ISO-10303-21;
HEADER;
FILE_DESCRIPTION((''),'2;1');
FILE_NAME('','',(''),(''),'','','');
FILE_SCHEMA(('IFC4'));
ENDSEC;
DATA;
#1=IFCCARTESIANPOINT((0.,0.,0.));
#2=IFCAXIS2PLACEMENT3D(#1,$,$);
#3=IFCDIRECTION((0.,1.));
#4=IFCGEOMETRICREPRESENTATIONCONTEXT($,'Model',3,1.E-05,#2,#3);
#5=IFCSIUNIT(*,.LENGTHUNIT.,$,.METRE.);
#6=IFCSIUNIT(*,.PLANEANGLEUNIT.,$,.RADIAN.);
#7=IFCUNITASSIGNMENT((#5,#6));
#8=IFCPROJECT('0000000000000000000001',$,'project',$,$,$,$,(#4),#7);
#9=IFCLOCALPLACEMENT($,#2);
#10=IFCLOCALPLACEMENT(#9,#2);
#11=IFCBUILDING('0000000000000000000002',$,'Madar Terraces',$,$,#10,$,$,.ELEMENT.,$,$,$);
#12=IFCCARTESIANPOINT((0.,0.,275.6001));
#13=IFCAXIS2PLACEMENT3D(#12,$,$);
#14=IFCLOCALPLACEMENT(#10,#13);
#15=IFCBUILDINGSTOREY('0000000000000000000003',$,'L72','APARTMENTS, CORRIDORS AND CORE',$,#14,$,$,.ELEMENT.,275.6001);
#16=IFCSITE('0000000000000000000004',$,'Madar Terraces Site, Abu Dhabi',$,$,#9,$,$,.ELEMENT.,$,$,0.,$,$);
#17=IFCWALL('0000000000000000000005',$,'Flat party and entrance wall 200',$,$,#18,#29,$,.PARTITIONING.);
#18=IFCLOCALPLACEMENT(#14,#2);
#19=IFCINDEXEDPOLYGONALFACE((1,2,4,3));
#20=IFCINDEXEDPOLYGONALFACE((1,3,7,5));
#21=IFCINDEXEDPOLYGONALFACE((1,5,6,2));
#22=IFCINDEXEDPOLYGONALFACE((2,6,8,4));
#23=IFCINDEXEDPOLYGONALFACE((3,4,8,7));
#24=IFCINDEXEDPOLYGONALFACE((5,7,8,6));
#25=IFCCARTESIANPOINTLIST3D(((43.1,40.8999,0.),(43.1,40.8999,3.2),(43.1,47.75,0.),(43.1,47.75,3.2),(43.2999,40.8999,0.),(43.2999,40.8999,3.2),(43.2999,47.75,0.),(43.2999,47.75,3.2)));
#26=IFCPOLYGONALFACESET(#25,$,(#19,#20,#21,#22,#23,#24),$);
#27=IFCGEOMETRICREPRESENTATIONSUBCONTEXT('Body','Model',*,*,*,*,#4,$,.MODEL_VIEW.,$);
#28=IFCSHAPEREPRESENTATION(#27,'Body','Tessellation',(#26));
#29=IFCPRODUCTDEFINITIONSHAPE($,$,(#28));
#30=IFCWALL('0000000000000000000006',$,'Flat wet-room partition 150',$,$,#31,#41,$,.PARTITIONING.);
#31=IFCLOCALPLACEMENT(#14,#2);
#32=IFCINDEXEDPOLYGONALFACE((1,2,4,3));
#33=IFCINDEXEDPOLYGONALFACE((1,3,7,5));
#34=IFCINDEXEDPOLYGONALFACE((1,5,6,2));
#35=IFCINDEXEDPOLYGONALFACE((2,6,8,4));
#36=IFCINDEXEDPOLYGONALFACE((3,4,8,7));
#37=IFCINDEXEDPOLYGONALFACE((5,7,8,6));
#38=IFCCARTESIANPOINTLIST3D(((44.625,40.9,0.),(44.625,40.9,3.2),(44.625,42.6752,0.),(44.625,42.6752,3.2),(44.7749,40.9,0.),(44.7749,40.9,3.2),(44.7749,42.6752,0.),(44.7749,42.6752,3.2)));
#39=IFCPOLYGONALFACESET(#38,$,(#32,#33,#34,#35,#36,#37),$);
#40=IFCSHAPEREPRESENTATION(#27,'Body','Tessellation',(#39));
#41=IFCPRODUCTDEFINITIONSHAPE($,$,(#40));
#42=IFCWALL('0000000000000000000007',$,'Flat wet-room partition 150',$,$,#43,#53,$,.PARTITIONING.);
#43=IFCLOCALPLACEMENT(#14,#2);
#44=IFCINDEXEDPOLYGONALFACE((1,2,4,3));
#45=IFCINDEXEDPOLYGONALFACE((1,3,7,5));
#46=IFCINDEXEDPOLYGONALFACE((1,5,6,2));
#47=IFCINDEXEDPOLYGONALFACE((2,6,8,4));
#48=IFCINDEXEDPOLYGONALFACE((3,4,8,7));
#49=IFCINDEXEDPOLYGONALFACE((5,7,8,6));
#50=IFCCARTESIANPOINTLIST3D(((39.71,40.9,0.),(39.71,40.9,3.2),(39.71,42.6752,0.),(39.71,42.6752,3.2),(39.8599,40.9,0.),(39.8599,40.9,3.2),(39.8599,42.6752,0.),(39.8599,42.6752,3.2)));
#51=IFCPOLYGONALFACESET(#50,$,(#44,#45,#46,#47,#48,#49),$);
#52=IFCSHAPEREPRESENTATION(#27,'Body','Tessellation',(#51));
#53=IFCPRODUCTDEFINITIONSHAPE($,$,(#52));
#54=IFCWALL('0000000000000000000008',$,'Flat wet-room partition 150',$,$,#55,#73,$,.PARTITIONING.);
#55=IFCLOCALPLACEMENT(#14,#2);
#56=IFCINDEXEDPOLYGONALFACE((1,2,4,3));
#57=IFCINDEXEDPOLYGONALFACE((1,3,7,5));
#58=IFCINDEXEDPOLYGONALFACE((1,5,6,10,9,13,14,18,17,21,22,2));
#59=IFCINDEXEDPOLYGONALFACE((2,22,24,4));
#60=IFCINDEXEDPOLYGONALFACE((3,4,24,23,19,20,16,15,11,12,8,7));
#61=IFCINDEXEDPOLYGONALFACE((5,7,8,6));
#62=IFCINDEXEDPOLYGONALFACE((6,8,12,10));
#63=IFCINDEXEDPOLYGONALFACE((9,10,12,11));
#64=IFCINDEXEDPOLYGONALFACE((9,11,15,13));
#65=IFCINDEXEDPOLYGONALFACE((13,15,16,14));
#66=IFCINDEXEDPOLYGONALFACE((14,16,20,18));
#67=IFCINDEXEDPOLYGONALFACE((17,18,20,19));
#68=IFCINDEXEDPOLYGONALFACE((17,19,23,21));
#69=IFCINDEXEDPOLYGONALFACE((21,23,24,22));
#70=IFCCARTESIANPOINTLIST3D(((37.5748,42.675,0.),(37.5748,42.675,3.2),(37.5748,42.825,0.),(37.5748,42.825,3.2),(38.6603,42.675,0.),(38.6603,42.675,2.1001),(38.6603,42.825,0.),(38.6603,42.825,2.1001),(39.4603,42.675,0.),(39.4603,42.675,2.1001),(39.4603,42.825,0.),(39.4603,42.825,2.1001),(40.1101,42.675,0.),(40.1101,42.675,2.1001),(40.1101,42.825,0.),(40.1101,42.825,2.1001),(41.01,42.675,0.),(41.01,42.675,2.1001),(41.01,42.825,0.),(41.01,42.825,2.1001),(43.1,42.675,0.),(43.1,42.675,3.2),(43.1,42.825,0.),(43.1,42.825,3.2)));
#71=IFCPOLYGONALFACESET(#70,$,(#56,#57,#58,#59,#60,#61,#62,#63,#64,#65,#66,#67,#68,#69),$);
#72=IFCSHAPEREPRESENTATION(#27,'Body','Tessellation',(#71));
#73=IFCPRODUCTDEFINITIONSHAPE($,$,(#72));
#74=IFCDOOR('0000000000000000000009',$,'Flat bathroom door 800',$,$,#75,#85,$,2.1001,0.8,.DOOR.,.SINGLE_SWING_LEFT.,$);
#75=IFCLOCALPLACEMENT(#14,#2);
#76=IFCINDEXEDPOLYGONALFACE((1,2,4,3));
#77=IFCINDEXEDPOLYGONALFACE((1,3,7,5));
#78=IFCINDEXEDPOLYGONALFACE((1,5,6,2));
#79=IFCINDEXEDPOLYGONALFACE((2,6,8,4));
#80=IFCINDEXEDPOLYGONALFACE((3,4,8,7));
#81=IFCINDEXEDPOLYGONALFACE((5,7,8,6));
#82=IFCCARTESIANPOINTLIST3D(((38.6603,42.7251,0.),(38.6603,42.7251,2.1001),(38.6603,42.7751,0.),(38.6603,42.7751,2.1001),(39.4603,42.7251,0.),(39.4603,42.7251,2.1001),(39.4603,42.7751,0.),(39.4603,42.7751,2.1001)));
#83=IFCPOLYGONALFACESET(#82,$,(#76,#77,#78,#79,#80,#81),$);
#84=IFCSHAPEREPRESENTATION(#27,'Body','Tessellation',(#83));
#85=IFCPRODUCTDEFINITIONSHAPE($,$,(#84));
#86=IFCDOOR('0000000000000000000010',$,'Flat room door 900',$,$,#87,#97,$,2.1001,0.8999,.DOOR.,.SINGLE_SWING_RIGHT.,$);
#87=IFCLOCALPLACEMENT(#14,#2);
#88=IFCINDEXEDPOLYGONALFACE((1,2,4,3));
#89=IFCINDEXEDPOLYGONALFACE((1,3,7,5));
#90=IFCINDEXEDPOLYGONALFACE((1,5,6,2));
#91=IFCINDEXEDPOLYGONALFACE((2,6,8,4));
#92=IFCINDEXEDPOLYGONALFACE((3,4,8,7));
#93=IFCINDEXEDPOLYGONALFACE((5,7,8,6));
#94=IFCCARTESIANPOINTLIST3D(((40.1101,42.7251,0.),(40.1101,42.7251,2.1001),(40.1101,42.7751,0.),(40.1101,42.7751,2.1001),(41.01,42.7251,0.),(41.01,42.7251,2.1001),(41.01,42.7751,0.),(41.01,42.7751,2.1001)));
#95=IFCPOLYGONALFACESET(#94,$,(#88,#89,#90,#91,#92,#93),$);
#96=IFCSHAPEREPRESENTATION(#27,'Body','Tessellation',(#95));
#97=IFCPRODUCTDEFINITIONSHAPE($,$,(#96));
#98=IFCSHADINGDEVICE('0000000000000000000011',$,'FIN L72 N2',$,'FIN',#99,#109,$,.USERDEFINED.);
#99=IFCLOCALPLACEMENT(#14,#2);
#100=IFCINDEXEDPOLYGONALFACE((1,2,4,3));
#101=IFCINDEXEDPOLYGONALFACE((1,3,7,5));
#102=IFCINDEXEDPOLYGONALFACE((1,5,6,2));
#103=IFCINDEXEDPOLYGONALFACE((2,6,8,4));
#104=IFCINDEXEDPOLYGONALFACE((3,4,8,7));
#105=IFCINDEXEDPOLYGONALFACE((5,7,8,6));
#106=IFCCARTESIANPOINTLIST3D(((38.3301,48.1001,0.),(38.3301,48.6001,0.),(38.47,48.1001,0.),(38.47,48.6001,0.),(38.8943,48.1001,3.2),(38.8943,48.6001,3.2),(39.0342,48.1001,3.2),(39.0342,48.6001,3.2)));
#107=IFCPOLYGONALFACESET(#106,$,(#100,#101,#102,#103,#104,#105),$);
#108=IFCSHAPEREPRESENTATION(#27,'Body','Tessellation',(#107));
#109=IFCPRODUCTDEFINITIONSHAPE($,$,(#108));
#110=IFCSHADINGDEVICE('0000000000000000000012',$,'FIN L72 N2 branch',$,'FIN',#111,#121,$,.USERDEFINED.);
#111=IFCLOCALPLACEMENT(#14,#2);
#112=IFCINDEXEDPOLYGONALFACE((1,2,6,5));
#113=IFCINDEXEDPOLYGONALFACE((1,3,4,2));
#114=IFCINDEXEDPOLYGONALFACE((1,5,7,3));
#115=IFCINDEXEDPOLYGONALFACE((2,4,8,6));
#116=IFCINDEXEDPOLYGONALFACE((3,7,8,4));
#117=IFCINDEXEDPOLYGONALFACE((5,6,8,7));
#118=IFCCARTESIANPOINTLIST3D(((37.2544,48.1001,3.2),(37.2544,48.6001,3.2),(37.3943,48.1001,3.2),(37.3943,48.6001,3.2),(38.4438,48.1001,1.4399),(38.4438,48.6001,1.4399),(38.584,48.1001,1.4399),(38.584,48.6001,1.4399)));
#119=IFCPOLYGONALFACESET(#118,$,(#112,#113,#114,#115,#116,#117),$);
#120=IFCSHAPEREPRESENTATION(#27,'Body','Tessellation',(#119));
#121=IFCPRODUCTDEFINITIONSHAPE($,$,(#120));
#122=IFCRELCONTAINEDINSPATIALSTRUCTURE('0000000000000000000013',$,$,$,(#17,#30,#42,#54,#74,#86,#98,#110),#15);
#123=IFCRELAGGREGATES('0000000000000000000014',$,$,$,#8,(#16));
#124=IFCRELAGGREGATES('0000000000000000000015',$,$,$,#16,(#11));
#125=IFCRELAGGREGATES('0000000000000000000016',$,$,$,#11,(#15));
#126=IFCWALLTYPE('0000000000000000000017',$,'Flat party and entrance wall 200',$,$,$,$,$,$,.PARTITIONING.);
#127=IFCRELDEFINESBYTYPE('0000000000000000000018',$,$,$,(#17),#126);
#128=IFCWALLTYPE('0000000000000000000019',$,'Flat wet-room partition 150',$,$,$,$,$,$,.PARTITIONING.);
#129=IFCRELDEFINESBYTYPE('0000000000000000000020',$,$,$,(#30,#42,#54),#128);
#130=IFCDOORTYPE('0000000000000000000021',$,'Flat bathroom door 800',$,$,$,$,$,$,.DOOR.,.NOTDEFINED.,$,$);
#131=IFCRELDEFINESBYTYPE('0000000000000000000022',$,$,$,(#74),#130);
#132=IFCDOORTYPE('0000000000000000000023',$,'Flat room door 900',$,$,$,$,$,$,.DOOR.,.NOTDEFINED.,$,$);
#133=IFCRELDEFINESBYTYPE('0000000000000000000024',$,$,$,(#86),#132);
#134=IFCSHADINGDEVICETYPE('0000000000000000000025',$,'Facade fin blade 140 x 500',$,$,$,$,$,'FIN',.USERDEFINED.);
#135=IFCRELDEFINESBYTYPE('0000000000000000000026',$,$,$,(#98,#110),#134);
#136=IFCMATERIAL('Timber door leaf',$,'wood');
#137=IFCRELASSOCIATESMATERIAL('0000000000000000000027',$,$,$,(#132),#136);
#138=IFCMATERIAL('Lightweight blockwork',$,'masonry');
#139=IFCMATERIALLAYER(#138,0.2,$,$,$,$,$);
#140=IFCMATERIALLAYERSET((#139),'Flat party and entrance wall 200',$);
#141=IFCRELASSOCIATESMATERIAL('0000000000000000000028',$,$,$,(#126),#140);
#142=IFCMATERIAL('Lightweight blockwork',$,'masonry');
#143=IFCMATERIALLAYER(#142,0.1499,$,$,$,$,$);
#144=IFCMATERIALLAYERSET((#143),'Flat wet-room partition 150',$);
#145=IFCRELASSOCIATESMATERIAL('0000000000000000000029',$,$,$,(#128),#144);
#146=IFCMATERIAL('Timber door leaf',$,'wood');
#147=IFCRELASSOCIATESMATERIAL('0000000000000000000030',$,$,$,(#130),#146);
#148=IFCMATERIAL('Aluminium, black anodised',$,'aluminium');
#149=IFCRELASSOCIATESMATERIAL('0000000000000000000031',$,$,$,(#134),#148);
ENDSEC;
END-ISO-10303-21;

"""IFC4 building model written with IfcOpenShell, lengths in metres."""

from ifc_helpers import new_model, si_unit, direction, frame, frame_2d, origin, place, context, subcontext, project, spatial, polyline, rectangle, outline, extrude, material, layer, layer_set, type_object, element, fill, save


model = new_model("IFC4")

# Units and contexts
model_context = context("Model", 3, precision=1e-05, world=origin(), true_north=direction((0.0, 1.0)))
body_context = subcontext(model_context, "Body", "Model", "MODEL_VIEW")
ifc_project = project(units=[si_unit("LENGTHUNIT", "METRE"), si_unit("PLANEANGLEUNIT", "RADIAN")], contexts=[model_context])

# Site, building, storey
site_placement = place(None, origin())
site = spatial("IfcSite", under=ifc_project, at=site_placement, Name="Madar Terraces Site, Abu Dhabi", CompositionType="ELEMENT", RefElevation=0.0)
building_placement = place(site_placement, origin())
building = spatial("IfcBuilding", under=site, at=building_placement, Name="Madar Terraces", CompositionType="ELEMENT")
storey_placement = place(building_placement, frame((0.0, 0.0, 275.6001)))
storey = spatial("IfcBuildingStorey", under=building, at=storey_placement, Name="L72", Description="APARTMENTS, CORRIDORS AND CORE", CompositionType="ELEMENT", Elevation=275.6001)

# Shared definitions
ifc_material_1 = material(Name="Timber door leaf", Category="wood")
door_type_1 = type_object("IfcDoorType", Name="Flat room door 900", OperationType="NOTDEFINED", PredefinedType="DOOR", material=ifc_material_1)

# Walls
ifc_material_2 = material(Name="Lightweight blockwork", Category="masonry")
ifc_layer_1 = layer(ifc_material_2, 0.2)
ifc_layer_set_1 = layer_set([ifc_layer_1], Name="Flat party and entrance wall 200")
wall_type_1 = type_object("IfcWallType", Name="Flat party and entrance wall 200", PredefinedType="PARTITIONING", material=ifc_layer_set_1)
wall_1_placement = place(storey_placement, frame((43.2, 47.75, 0.0), z_axis=(0.0, 0.0, 1.0), x_axis=(0.0, -1.0, 0.0)))
element("IfcWall", 1, at=wall_1_placement, inside=storey, type_object=wall_type_1, Name="Flat party and entrance wall 200", PredefinedType="PARTITIONING", context=body_context, shape_type="SweptSolid", body=[
    extrude(rectangle(XDim=6.8501, YDim=0.2, at=frame_2d((3.425, 0.0))), origin(), (0.0, 0.0, 1.0), 3.2),
])
ifc_material_3 = material(Name="Lightweight blockwork", Category="masonry")
ifc_layer_2 = layer(ifc_material_3, 0.1499)
ifc_layer_set_2 = layer_set([ifc_layer_2], Name="Flat wet-room partition 150")
wall_type_2 = type_object("IfcWallType", Name="Flat wet-room partition 150", PredefinedType="PARTITIONING", material=ifc_layer_set_2)
for number, where, z_axis, x_axis, name in (
    (2, (44.7, 40.8999, 0.0), (0.0, 0.0, 1.0), (0.0, 1.0, 0.0), "Flat wet-room partition 150"),
    (3, (39.7849, 40.8999, 0.0), (0.0, 0.0, 1.0), (0.0, 1.0, 0.0), "Flat wet-room partition 150"),
):
    element("IfcWall", number, at=place(storey_placement, frame(where, z_axis=z_axis, x_axis=x_axis)), inside=storey, type_object=wall_type_2, Name=name, PredefinedType="PARTITIONING", context=body_context, shape_type="SweptSolid", body=[
        extrude(rectangle(XDim=1.7751, YDim=0.1499, at=frame_2d((0.8877, 0.0))), origin(), (0.0, 0.0, 1.0), 3.2),
    ])

# Wall, openings, doors
wall_2_placement = place(storey_placement, frame((43.1001, 42.75, 0.0), z_axis=(0.0, 0.0, 1.0), x_axis=(-1.0, 0.0, 0.0)))
wall_2 = element("IfcWall", 4, at=wall_2_placement, inside=storey, type_object=wall_type_2, Name="Flat wet-room partition 150", PredefinedType="PARTITIONING", context=body_context, shape_type="SweptSolid", body=[
    extrude(rectangle(XDim=5.5251, YDim=0.1499, at=frame_2d((2.7627, 0.0))), origin(), (0.0, 0.0, 1.0), 3.2),
])
opening_1_placement = place(wall_2_placement, frame((3.6399, 0.0, 0.0)))
opening_1 = element("IfcOpeningElement", 5, at=opening_1_placement, cuts=wall_2, PredefinedType="OPENING", context=body_context, shape_type="SweptSolid", body=[
    extrude(rectangle(XDim=0.8, YDim=2.1001, at=frame_2d((0.3999, 1.05))), frame((0.0, 0.085, 0.0), z_axis=(0.0, -1.0, 0.0), x_axis=(1.0, 0.0, 0.0)), (0.0, 0.0, 1.0), 0.1699),
])
opening_2_placement = place(wall_2_placement, frame((2.0901, 0.0, 0.0)))
opening_2 = element("IfcOpeningElement", 6, at=opening_2_placement, cuts=wall_2, PredefinedType="OPENING", context=body_context, shape_type="SweptSolid", body=[
    extrude(rectangle(XDim=0.8999, YDim=2.1001, at=frame_2d((0.45, 1.05))), frame((0.0, 0.085, 0.0), z_axis=(0.0, -1.0, 0.0), x_axis=(1.0, 0.0, 0.0)), (0.0, 0.0, 1.0), 0.1699),
])
ifc_material_4 = material(Name="Timber door leaf", Category="wood")
door_type_2 = type_object("IfcDoorType", Name="Flat bathroom door 800", OperationType="NOTDEFINED", PredefinedType="DOOR", material=ifc_material_4)
door_1_placement = place(opening_1_placement, origin())
door_1 = element("IfcDoor", 7, at=door_1_placement, inside=storey, type_object=door_type_2, Name="Flat bathroom door 800", OperationType="SINGLE_SWING_LEFT", OverallHeight=2.1001, OverallWidth=0.8, PredefinedType="DOOR", context=body_context, shape_type="SweptSolid", body=[
    extrude(rectangle(XDim=0.8, YDim=2.1001, at=frame_2d((0.3999, 1.05))), frame((0.0, 0.0249, 0.0), z_axis=(0.0, -1.0, 0.0), x_axis=(1.0, 0.0, 0.0)), (0.0, 0.0, 1.0), 0.05),
])
fill(opening_1, door_1)
door_2_placement = place(opening_2_placement, origin())
door_2 = element("IfcDoor", 8, at=door_2_placement, inside=storey, type_object=door_type_1, Name="Flat room door 900", OperationType="SINGLE_SWING_RIGHT", OverallHeight=2.1001, OverallWidth=0.8999, PredefinedType="DOOR", context=body_context, shape_type="SweptSolid", body=[
    extrude(rectangle(XDim=0.8999, YDim=2.1001, at=frame_2d((0.45, 1.05))), frame((0.0, 0.0249, 0.0), z_axis=(0.0, -1.0, 0.0), x_axis=(1.0, 0.0, 0.0)), (0.0, 0.0, 1.0), 0.05),
])
fill(opening_2, door_2)

# Shading devices
ifc_material_5 = material(Name="Aluminium, black anodised", Category="aluminium")
shading_device_type = type_object("IfcShadingDeviceType", Name="Facade fin blade 140 x 500", ElementType="FIN", PredefinedType="USERDEFINED", material=ifc_material_5)
shading_device_1_placement = place(storey_placement, frame((38.47, 48.3501, 0.0), z_axis=(0.0, 0.0, 1.0), x_axis=(-1.0, 0.0, 0.0)))
element("IfcShadingDevice", 9, at=shading_device_1_placement, inside=storey, type_object=shading_device_type, Name="FIN L72 N2", ObjectType="FIN", PredefinedType="USERDEFINED", context=body_context, shape_type="SweptSolid", body=[
    extrude(outline(polyline([(0.0, 0.0), (0.1399, 0.0), (-0.4243, 3.2), (-0.5642, 3.2), (0.0, 0.0)])), frame((0.0, 0.25, 0.0), z_axis=(0.0, -1.0, 0.0), x_axis=(1.0, 0.0, 0.0)), (0.0, 0.0, 1.0), 0.5),
])
shading_device_2_placement = place(storey_placement, frame((38.584, 48.3501, 1.4399), z_axis=(0.0, 0.0, 1.0), x_axis=(-1.0, 0.0, 0.0)))
element("IfcShadingDevice", 10, at=shading_device_2_placement, inside=storey, type_object=shading_device_type, Name="FIN L72 N2 branch", ObjectType="FIN", PredefinedType="USERDEFINED", context=body_context, shape_type="SweptSolid", body=[
    extrude(outline(polyline([(0.0, 0.0), (0.1401, 0.0), (1.3296, 1.76), (1.1897, 1.76), (0.0, 0.0)])), frame((0.0, 0.25, 0.0), z_axis=(0.0, -1.0, 0.0), x_axis=(1.0, 0.0, 0.0)), (0.0, 0.0, 1.0), 0.5),
])

save(model, "model.ifc")
